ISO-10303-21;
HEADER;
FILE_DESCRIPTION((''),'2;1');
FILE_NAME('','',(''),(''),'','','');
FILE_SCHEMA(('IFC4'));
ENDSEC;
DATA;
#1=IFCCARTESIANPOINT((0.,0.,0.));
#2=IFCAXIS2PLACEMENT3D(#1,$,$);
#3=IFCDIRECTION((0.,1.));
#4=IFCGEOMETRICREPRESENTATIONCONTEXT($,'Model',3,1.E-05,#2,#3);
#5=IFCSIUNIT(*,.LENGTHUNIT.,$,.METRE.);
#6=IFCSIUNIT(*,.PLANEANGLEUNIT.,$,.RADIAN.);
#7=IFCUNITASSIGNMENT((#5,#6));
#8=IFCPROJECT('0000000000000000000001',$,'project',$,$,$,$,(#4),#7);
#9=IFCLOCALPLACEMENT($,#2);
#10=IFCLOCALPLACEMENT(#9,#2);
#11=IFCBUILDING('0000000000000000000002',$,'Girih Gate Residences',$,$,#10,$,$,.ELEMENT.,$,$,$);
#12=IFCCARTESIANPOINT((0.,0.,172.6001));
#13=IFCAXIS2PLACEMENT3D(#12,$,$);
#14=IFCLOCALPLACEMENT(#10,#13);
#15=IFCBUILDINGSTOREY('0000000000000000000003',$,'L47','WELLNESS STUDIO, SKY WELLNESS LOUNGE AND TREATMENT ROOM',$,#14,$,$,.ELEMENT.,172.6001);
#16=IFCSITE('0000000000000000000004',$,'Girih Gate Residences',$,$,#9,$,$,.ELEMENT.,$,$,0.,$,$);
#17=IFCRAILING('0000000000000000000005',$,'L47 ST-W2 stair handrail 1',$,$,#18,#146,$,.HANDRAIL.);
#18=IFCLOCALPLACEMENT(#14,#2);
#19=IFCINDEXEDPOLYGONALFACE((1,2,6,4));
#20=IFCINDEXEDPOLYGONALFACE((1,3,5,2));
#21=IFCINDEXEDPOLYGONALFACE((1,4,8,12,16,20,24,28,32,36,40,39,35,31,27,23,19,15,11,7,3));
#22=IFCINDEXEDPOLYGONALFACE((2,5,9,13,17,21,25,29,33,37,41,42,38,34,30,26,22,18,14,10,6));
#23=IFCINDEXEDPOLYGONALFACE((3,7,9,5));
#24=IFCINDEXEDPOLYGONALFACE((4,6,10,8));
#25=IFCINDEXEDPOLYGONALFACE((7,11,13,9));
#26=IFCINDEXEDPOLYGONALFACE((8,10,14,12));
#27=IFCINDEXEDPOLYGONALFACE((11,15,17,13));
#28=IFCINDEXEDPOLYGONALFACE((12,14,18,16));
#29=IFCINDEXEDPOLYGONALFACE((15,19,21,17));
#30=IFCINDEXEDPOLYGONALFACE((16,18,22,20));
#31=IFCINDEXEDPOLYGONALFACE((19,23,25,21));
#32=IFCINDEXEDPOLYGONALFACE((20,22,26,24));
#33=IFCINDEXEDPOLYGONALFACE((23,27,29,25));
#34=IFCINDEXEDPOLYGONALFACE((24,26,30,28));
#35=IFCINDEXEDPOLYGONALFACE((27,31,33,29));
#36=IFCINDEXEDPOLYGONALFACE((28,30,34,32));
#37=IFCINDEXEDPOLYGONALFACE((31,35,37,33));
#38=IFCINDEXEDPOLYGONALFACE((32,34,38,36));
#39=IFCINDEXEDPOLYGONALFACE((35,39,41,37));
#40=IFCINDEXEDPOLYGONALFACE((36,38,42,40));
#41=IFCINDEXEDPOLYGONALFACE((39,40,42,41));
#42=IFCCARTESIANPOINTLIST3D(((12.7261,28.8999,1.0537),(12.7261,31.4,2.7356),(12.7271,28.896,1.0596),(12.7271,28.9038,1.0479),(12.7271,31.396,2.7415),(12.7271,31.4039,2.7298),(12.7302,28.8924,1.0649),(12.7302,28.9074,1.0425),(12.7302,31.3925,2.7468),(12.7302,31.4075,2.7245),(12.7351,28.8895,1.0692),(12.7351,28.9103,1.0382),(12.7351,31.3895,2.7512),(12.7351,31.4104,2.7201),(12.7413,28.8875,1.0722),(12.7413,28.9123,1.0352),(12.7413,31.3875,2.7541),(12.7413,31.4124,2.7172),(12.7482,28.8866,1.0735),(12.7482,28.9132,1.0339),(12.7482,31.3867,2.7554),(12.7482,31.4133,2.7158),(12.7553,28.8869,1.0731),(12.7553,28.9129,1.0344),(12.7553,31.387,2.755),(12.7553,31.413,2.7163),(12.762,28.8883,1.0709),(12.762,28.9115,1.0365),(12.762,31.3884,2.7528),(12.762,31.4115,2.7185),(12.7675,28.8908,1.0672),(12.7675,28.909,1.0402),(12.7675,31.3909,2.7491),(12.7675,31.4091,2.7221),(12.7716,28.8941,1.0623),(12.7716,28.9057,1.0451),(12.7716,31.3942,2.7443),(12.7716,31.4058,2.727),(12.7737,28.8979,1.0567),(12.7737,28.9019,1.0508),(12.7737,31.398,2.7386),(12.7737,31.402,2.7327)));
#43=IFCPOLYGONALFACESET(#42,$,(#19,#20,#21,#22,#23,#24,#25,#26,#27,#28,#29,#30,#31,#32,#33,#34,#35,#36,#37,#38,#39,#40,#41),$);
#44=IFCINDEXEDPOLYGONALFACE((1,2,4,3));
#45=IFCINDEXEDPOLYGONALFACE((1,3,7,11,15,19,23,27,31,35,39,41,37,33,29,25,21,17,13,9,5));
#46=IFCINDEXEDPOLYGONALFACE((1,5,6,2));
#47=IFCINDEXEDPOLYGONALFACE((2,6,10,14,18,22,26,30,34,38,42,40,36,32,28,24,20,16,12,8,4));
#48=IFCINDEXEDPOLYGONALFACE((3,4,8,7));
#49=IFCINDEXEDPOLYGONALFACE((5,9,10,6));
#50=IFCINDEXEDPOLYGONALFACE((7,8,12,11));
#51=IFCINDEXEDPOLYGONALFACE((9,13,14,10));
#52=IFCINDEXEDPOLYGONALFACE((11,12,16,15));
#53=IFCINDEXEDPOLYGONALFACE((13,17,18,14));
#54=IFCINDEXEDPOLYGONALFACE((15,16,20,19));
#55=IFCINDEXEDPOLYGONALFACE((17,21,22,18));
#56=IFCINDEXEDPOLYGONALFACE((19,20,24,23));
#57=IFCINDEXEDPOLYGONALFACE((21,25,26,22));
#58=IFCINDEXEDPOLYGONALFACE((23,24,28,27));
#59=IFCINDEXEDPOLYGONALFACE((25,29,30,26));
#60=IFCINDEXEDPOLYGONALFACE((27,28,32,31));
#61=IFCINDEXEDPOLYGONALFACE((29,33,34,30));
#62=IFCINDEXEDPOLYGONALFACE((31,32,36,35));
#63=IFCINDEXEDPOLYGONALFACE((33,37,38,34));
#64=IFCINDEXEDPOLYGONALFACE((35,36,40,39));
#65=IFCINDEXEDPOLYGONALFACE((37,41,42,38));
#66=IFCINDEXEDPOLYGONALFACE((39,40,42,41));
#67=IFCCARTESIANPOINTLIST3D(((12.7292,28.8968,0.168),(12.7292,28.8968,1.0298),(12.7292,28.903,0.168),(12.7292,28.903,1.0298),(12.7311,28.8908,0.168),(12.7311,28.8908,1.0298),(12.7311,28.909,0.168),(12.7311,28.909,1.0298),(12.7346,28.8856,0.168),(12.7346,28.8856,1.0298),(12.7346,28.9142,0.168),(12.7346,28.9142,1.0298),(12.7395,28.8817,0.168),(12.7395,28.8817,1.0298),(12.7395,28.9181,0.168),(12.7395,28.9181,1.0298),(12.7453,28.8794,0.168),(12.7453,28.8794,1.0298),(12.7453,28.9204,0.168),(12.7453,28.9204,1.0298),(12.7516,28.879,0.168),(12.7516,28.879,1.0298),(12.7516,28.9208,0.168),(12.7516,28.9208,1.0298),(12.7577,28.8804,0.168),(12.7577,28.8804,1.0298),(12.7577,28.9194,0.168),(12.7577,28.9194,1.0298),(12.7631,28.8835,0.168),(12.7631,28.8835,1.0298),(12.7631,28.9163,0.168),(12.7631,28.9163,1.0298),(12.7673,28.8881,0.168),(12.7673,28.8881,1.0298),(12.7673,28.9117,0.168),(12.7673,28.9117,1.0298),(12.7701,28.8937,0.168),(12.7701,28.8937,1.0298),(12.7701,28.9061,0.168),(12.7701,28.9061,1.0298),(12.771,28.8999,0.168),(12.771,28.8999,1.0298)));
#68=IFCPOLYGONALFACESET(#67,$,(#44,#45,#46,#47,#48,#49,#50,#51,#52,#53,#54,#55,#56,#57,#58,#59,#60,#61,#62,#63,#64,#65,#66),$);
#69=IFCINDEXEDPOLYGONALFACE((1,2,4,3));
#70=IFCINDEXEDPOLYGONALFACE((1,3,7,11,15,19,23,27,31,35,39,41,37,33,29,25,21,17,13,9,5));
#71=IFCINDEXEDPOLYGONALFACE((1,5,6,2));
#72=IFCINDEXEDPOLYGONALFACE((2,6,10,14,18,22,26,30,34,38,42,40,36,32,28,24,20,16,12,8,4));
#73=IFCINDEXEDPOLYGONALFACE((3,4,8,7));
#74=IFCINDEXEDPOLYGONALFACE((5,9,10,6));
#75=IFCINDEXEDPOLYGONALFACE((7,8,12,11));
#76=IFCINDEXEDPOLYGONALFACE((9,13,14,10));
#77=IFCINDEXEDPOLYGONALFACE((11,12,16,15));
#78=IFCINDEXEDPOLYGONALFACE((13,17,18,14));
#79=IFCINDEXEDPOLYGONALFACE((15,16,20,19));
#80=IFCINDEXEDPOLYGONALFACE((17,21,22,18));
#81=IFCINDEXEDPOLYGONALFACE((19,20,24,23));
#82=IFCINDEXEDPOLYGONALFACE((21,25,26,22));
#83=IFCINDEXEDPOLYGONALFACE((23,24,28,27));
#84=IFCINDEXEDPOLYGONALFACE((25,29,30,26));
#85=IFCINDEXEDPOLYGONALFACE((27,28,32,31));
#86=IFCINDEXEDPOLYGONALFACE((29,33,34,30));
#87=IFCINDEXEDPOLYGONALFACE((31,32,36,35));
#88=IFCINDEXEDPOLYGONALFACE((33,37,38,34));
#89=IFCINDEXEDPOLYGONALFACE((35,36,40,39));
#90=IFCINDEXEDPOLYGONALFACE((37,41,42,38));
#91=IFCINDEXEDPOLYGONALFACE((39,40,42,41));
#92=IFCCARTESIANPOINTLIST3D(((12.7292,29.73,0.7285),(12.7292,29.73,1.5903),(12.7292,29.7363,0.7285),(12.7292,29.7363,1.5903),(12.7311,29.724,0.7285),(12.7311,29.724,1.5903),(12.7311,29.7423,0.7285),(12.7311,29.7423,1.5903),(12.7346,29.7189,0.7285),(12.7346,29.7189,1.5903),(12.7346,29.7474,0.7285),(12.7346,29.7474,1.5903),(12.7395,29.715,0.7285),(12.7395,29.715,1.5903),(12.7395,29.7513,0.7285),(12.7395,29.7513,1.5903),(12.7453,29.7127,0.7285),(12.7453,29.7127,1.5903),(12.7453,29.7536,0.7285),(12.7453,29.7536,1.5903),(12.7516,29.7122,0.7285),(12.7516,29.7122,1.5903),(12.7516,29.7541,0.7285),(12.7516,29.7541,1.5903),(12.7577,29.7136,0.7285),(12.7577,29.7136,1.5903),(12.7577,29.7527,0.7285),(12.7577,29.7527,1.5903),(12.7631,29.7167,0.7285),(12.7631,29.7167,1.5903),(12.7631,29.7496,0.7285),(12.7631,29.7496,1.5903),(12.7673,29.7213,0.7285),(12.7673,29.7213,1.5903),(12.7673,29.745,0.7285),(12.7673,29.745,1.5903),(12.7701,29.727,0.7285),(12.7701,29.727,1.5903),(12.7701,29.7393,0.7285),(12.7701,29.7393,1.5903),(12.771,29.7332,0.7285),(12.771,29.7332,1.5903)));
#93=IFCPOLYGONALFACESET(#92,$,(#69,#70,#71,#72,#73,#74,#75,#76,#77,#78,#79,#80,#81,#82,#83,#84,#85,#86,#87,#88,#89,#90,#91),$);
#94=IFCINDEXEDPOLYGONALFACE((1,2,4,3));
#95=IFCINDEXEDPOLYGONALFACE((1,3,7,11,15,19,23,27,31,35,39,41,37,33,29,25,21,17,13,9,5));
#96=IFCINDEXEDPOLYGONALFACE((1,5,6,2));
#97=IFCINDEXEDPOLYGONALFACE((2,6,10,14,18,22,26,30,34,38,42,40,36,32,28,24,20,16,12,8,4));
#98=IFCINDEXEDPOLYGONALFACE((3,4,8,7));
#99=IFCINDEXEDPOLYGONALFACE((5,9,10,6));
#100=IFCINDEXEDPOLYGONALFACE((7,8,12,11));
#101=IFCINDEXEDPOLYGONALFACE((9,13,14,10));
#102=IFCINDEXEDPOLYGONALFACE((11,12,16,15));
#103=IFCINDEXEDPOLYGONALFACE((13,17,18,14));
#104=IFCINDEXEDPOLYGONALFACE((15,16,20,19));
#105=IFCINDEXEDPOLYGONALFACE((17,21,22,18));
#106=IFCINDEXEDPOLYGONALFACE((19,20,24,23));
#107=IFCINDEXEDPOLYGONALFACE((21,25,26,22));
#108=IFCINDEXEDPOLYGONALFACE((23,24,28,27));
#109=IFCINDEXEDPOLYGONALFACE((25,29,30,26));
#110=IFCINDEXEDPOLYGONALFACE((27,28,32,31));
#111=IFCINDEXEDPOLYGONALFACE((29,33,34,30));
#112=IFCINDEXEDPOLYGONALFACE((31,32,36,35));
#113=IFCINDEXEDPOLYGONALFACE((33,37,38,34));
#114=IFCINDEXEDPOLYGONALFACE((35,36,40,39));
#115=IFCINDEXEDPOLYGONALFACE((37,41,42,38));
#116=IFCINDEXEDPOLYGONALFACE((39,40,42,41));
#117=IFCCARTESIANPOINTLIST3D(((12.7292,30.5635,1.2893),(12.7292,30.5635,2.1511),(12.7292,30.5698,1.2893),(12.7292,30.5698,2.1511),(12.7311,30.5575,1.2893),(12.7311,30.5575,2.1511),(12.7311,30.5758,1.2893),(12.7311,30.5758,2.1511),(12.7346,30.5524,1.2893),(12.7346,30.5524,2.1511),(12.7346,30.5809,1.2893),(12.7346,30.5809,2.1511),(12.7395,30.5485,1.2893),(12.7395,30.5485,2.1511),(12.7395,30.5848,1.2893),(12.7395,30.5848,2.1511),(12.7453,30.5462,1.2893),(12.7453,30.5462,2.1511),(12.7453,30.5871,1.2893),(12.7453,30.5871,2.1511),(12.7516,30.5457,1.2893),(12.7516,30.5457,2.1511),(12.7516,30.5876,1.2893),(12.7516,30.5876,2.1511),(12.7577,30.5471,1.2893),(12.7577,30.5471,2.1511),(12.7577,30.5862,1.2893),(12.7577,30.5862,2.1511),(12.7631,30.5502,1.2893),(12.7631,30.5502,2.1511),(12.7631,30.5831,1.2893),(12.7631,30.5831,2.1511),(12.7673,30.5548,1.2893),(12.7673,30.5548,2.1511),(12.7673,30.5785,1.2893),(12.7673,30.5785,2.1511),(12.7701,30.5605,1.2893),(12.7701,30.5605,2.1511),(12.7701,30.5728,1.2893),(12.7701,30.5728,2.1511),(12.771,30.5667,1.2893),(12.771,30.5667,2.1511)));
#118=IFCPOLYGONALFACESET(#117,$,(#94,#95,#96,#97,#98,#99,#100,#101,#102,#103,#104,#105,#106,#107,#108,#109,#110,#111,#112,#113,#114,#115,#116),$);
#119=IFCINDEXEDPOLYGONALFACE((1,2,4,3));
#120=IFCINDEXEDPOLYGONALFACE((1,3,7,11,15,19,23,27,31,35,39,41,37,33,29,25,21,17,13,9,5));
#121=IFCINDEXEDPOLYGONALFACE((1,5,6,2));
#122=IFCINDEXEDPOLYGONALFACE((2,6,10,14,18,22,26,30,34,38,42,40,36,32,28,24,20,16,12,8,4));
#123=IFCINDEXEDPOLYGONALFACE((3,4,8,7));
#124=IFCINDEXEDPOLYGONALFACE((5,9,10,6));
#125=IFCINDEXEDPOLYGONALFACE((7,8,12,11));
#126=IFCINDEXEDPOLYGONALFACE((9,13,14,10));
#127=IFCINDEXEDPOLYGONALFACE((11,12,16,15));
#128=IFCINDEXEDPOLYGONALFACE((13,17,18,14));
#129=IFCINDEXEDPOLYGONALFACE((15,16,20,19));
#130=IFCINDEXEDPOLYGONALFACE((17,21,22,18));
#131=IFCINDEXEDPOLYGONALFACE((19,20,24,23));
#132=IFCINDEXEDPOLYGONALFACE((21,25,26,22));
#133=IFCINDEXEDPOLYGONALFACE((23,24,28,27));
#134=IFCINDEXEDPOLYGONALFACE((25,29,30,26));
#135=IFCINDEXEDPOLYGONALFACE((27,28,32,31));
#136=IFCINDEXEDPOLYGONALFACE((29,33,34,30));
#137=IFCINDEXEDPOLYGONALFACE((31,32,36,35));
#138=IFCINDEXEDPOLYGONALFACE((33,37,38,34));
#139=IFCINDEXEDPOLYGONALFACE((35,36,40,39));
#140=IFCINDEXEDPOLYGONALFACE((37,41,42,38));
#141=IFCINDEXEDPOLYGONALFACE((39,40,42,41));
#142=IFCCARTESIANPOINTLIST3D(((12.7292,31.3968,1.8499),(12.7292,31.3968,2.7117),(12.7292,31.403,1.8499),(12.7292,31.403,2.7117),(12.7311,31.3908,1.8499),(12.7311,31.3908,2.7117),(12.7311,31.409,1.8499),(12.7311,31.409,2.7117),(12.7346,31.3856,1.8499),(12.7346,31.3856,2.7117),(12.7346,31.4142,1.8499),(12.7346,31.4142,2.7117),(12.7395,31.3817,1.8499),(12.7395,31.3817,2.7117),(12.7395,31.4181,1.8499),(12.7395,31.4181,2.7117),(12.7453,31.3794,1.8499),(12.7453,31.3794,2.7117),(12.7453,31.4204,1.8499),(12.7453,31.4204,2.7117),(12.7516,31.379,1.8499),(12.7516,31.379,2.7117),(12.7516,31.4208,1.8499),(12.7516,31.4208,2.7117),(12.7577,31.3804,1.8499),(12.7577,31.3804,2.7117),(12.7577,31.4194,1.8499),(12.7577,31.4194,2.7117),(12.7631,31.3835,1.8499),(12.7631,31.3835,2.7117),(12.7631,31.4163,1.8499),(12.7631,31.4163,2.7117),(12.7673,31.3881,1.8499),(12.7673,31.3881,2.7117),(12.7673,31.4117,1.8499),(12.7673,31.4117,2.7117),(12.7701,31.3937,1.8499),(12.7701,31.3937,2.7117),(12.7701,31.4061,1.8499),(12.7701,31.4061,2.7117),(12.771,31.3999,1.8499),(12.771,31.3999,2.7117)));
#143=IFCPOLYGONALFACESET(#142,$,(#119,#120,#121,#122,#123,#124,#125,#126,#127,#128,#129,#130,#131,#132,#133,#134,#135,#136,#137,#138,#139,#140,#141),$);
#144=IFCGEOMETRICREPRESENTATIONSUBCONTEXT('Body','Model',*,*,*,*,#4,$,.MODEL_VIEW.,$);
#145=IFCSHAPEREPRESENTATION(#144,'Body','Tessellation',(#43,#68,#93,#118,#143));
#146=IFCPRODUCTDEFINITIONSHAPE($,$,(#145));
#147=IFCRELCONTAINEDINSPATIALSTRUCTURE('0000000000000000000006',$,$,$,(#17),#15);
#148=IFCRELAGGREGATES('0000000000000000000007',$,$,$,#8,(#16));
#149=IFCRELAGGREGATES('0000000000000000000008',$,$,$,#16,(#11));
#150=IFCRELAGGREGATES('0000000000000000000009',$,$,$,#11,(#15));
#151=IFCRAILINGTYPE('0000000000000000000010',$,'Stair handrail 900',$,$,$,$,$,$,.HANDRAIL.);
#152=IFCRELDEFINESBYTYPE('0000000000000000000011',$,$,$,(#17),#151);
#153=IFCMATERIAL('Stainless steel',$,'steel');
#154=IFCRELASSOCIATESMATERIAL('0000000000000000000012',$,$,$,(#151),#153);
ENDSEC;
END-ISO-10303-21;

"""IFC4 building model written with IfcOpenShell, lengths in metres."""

from ifc_helpers import new_model, si_unit, direction, frame, origin, origin_2d, place, context, subcontext, project, spatial, circle, extrude, material, type_object, element, save


model = new_model("IFC4")

# Units and contexts
model_context = context("Model", 3, precision=1e-05, world=origin(), true_north=direction((0.0, 1.0)))
body_context = subcontext(model_context, "Body", "Model", "MODEL_VIEW")
ifc_project = project(units=[si_unit("LENGTHUNIT", "METRE"), si_unit("PLANEANGLEUNIT", "RADIAN")], contexts=[model_context])

# Site, building, storey
site_placement = place(None, origin())
site = spatial("IfcSite", under=ifc_project, at=site_placement, Name="Girih Gate Residences", CompositionType="ELEMENT", RefElevation=0.0)
building_placement = place(site_placement, origin())
building = spatial("IfcBuilding", under=site, at=building_placement, Name="Girih Gate Residences", CompositionType="ELEMENT")
storey_placement = place(building_placement, frame((0.0, 0.0, 172.6001)))
storey = spatial("IfcBuildingStorey", under=building, at=storey_placement, Name="L47", Description="WELLNESS STUDIO, SKY WELLNESS LOUNGE AND TREATMENT ROOM", CompositionType="ELEMENT", Elevation=172.6001)

# Railing
ifc_material_1 = material(Name="Stainless steel", Category="steel")
railing_type_1 = type_object("IfcRailingType", Name="Stair handrail 900", PredefinedType="HANDRAIL", material=ifc_material_1)
railing_1_placement = place(storey_placement, frame((12.75, 28.8999, 0.168)))
element("IfcRailing", 1, at=railing_1_placement, inside=storey, type_object=railing_type_1, Name="L47 ST-W2 stair handrail 1", PredefinedType="HANDRAIL", context=body_context, shape_type="SweptSolid", body=[
    extrude(circle(Radius=0.0239, at=origin_2d()), frame((0.0, 0.0, 0.8857), z_axis=(0.0, 0.829712, 0.558192), x_axis=(-1.0, 0.0, 0.0)), (0.0, 0.0, 1.0), 3.0132),
    extrude(circle(Radius=0.021, at=origin_2d()), origin(), (0.0, 0.0, 1.0), 0.8618),
    extrude(circle(Radius=0.021, at=origin_2d()), frame((0.0, 0.8333, 0.5605)), (0.0, 0.0, 1.0), 0.8618),
    extrude(circle(Radius=0.021, at=origin_2d()), frame((0.0, 1.6667, 1.1213)), (0.0, 0.0, 1.0), 0.8618),
    extrude(circle(Radius=0.021, at=origin_2d()), frame((0.0, 2.5, 1.6819)), (0.0, 0.0, 1.0), 0.8618),
])

save(model, "model.ifc")
